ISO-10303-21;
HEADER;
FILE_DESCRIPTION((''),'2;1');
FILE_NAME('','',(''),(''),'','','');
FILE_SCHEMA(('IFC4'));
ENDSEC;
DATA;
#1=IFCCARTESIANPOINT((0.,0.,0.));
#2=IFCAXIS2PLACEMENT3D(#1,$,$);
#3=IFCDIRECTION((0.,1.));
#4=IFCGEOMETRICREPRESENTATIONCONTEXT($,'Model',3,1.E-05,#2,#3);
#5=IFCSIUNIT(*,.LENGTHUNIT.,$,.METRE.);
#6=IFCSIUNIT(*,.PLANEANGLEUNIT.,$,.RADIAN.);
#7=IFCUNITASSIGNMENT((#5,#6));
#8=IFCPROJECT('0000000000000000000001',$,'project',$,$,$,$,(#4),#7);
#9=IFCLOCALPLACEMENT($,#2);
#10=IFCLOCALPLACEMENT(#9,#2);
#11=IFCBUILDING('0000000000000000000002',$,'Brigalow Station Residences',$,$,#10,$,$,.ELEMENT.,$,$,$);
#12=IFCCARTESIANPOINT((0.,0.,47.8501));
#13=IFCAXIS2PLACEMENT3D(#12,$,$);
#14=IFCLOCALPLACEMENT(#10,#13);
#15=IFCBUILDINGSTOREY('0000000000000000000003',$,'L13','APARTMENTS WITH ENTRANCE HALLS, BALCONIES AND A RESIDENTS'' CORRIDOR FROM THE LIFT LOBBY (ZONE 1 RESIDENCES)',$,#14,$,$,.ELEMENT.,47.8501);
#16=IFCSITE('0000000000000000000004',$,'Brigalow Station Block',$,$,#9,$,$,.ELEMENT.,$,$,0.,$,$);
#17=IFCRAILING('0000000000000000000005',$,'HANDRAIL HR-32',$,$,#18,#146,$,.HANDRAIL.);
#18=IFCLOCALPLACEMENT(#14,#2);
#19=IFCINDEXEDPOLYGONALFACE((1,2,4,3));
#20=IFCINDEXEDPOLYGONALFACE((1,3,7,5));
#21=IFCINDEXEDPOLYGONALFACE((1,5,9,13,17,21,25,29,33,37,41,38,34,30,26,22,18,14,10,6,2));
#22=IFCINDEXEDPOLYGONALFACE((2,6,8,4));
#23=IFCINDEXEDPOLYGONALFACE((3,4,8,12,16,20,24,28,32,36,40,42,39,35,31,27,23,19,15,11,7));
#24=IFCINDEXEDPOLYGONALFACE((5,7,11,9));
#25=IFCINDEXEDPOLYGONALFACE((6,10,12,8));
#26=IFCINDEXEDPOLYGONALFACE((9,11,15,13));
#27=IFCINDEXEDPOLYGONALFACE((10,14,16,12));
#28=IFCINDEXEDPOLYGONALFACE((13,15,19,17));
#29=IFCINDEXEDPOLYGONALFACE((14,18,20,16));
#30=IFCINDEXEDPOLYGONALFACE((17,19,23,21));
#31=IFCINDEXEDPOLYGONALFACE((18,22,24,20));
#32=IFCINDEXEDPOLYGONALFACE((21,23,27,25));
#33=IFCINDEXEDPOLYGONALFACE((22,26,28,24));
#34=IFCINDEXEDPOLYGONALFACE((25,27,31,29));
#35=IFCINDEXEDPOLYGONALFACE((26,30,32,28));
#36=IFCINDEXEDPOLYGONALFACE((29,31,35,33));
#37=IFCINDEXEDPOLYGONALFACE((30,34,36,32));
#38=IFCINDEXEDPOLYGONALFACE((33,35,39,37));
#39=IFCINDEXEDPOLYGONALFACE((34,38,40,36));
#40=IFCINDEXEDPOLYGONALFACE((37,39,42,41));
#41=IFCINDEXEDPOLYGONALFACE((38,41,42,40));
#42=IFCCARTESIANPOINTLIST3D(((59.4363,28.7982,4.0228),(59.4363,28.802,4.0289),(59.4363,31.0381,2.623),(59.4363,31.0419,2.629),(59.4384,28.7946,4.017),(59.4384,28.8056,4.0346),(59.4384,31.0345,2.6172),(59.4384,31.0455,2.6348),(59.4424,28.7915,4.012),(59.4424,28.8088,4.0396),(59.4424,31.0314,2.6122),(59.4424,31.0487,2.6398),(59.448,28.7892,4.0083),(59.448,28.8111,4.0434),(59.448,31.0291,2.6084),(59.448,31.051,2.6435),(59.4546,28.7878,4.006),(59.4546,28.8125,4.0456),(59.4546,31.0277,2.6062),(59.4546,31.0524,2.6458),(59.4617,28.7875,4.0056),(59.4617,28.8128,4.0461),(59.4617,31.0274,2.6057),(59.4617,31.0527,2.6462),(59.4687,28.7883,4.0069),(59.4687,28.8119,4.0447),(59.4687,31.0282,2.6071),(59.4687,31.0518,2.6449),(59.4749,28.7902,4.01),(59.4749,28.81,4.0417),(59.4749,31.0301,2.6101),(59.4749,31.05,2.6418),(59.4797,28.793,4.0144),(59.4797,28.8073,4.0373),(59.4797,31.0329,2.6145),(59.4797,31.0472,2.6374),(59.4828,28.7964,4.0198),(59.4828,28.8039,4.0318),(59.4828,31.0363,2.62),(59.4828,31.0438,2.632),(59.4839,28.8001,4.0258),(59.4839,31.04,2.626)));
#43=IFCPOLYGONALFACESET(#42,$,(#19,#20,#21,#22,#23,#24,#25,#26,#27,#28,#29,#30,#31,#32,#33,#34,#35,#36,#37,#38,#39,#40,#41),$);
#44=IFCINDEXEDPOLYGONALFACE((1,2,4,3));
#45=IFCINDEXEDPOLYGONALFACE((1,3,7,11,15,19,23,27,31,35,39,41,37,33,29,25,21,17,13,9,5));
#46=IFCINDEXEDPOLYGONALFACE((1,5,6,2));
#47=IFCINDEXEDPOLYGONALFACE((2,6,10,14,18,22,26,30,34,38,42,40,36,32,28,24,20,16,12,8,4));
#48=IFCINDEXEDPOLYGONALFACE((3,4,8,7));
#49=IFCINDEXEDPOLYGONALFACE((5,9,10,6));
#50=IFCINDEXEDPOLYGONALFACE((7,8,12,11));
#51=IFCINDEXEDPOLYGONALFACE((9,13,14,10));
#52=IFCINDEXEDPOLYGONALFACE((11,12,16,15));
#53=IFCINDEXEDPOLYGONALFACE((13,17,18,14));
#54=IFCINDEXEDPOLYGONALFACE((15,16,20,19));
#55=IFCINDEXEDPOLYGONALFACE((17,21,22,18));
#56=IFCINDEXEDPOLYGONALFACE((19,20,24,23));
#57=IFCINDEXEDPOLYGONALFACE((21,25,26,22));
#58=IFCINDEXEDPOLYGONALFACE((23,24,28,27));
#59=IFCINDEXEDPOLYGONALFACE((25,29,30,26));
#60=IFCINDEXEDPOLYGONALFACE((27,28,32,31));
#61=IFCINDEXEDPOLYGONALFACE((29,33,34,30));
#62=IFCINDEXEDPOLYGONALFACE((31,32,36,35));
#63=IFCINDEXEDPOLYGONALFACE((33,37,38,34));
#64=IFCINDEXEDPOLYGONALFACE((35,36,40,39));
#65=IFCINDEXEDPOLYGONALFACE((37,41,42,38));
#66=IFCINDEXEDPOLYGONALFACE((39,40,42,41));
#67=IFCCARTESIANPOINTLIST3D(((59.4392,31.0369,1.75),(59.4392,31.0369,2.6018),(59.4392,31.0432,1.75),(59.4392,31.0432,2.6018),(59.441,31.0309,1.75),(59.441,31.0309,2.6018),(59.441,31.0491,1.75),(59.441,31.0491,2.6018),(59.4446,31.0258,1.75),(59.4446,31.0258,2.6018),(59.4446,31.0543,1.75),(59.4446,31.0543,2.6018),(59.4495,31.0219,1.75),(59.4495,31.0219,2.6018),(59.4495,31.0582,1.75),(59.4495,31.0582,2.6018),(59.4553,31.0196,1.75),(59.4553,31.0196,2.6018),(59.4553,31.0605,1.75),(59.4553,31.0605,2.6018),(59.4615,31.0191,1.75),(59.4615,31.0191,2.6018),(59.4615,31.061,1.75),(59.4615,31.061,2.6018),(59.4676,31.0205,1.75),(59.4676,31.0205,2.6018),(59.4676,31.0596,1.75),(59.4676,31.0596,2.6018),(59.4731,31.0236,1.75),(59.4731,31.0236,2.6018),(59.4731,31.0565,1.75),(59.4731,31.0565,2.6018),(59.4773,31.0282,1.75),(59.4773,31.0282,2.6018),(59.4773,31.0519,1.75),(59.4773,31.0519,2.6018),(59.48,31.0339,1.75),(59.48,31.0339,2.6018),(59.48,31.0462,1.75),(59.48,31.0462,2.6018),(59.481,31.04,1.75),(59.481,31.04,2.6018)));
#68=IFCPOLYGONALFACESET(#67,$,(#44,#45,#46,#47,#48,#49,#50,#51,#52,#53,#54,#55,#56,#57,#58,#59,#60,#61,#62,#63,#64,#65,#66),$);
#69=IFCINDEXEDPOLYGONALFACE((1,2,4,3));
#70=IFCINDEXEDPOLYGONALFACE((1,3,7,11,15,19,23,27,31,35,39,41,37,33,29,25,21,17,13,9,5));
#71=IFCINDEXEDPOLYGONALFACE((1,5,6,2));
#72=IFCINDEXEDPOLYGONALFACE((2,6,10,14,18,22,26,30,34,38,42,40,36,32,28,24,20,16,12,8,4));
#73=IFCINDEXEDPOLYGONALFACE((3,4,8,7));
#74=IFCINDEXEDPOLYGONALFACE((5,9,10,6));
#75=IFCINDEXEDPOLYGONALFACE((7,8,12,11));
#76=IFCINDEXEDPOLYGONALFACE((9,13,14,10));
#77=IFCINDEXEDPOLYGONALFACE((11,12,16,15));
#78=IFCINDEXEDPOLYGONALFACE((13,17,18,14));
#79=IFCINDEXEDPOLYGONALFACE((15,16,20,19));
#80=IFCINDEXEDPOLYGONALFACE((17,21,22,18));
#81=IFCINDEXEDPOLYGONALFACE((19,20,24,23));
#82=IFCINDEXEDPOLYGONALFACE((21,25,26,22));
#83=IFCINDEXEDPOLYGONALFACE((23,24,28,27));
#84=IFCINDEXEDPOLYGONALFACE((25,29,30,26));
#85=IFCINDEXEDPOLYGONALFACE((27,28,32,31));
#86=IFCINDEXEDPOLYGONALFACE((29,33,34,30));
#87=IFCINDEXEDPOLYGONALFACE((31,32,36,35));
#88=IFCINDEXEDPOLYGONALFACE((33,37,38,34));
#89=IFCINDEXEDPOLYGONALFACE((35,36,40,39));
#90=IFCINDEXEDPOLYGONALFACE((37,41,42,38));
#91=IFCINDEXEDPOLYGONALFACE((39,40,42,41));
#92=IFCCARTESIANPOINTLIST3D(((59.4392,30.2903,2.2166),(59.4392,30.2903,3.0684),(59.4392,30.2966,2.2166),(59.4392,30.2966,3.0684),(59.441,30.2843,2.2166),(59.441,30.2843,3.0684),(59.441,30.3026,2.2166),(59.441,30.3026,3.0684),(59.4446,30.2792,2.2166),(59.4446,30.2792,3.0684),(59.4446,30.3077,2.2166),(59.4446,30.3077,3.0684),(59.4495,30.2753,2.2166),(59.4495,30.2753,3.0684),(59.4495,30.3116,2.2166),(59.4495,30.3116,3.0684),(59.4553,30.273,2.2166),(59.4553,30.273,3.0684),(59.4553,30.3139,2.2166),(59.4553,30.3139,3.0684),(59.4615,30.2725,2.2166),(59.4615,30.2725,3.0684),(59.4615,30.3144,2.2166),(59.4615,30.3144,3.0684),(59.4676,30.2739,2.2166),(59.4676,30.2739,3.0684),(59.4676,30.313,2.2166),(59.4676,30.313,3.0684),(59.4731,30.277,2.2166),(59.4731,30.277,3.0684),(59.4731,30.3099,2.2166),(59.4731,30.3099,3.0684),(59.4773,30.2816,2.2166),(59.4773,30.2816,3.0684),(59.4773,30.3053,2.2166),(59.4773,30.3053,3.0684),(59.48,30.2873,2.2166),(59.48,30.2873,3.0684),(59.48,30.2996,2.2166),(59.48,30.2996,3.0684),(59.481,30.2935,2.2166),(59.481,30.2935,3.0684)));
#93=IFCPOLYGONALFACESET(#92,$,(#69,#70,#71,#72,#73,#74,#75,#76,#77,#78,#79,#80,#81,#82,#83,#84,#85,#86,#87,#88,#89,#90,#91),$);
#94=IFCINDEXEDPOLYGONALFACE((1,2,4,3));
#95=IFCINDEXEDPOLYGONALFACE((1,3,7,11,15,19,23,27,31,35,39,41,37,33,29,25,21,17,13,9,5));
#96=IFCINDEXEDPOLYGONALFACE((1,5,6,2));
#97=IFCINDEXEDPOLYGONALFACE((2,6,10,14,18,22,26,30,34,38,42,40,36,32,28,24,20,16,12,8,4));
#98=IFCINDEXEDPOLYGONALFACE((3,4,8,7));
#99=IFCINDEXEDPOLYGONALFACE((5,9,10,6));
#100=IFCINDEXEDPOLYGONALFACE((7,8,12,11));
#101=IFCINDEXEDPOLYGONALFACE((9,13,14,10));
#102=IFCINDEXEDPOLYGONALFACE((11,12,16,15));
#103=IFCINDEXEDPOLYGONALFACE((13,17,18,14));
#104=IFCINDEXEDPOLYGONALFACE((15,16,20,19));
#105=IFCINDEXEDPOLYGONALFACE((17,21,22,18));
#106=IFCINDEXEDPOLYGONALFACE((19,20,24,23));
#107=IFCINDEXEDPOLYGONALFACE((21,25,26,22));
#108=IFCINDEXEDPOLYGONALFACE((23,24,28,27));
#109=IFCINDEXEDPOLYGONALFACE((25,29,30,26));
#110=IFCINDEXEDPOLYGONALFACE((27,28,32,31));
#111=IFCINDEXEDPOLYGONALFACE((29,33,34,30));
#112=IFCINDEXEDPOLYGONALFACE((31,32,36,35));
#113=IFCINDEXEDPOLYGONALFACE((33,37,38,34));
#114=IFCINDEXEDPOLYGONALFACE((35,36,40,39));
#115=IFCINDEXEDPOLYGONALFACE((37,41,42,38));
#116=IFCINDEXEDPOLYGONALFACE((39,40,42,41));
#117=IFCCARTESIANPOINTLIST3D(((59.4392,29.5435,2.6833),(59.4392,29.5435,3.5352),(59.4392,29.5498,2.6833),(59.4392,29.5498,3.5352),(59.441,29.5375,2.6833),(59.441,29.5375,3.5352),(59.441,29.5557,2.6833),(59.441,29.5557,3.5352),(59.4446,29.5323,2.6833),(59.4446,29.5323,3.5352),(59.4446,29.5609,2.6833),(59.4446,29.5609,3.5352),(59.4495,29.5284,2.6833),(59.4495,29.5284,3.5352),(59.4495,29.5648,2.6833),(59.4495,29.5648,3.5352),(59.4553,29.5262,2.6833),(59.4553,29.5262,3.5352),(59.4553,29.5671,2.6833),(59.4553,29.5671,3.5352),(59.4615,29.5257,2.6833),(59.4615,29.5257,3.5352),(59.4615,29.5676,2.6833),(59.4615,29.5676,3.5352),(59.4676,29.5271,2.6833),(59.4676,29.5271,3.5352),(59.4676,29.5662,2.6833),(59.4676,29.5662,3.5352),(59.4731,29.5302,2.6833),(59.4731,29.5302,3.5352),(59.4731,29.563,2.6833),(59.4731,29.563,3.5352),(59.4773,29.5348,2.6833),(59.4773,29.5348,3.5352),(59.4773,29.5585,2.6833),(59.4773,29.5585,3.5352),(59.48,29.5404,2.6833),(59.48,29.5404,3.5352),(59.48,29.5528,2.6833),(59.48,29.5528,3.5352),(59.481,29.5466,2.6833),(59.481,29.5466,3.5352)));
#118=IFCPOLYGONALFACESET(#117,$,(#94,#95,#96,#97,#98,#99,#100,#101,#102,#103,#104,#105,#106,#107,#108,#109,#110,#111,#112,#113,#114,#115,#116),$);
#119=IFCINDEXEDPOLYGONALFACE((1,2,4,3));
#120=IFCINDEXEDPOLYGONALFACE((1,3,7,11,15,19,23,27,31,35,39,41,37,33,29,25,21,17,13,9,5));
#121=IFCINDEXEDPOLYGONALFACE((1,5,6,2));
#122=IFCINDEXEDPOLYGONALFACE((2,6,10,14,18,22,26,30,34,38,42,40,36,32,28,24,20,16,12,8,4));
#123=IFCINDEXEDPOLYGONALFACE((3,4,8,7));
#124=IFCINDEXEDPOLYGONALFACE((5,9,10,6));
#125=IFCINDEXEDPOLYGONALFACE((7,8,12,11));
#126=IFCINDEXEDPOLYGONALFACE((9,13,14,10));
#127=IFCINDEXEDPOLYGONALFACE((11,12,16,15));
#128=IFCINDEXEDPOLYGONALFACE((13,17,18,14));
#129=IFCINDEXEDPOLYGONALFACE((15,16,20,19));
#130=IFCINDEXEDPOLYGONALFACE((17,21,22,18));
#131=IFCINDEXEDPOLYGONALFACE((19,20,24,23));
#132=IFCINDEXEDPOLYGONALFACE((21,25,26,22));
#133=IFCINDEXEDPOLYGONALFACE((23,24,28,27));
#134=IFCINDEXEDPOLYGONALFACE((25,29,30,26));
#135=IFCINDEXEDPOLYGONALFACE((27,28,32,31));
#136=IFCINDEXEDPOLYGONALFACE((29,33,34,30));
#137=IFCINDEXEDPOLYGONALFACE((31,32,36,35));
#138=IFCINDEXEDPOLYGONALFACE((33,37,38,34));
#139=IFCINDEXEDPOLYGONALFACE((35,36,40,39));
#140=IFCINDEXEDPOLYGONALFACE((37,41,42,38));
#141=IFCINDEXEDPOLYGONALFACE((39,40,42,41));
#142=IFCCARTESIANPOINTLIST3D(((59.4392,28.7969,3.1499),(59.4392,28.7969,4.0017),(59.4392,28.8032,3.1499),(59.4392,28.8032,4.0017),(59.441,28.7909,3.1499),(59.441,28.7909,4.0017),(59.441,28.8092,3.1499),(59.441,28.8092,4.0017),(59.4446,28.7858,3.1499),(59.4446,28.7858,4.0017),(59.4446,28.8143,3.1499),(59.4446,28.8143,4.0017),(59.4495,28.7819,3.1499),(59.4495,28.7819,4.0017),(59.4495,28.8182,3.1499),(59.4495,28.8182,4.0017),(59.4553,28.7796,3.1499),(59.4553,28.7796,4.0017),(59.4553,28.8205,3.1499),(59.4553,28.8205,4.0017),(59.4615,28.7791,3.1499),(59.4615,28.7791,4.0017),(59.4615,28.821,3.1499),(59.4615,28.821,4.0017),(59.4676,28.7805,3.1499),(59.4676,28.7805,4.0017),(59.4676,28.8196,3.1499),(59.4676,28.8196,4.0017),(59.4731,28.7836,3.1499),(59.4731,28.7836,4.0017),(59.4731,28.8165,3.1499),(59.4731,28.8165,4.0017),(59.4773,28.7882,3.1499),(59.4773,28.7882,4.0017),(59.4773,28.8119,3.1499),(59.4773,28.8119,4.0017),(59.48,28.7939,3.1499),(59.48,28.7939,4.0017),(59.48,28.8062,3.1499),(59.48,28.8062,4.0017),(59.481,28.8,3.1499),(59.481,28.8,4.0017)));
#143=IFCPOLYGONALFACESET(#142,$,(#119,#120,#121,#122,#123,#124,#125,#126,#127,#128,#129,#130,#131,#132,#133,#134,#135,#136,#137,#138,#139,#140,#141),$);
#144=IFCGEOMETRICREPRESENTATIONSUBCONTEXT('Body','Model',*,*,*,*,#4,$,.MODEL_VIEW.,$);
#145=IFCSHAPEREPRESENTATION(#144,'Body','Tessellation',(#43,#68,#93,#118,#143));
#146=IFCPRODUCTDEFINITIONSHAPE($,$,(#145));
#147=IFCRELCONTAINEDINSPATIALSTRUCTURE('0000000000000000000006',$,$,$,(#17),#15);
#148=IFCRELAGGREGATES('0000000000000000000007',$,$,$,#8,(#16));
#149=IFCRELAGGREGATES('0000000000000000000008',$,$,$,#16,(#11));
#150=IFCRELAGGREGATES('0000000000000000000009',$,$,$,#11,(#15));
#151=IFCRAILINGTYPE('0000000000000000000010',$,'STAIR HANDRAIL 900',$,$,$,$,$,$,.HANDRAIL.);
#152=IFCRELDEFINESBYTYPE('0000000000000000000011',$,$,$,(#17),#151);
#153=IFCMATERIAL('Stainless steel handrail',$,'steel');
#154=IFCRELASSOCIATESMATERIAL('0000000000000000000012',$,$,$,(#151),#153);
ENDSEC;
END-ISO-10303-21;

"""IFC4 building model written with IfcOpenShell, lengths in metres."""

from ifc_helpers import new_model, si_unit, direction, frame, origin, origin_2d, place, context, subcontext, project, spatial, circle, extrude, material, type_object, element, save


model = new_model("IFC4")

# Units and contexts
model_context = context("Model", 3, precision=1e-05, world=origin(), true_north=direction((0.0, 1.0)))
body_context = subcontext(model_context, "Body", "Model", "MODEL_VIEW")
ifc_project = project(units=[si_unit("LENGTHUNIT", "METRE"), si_unit("PLANEANGLEUNIT", "RADIAN")], contexts=[model_context])

# Site, building, storey
site_placement = place(None, origin())
site = spatial("IfcSite", under=ifc_project, at=site_placement, Name="Brigalow Station Block", CompositionType="ELEMENT", RefElevation=0.0)
building_placement = place(site_placement, origin())
building = spatial("IfcBuilding", under=site, at=building_placement, Name="Brigalow Station Residences", CompositionType="ELEMENT")
storey_placement = place(building_placement, frame((0.0, 0.0, 47.8501)))
storey = spatial("IfcBuildingStorey", under=building, at=storey_placement, Name="L13", Description="APARTMENTS WITH ENTRANCE HALLS, BALCONIES AND A RESIDENTS' CORRIDOR FROM THE LIFT LOBBY (ZONE 1 RESIDENCES)", CompositionType="ELEMENT", Elevation=47.8501)

# Railing
ifc_material_1 = material(Name="Stainless steel handrail", Category="steel")
railing_type_1 = type_object("IfcRailingType", Name="STAIR HANDRAIL 900", PredefinedType="HANDRAIL", material=ifc_material_1)
railing_1_placement = place(storey_placement, frame((59.46, 31.04, 1.75)))
element("IfcRailing", 1, at=railing_1_placement, inside=storey, type_object=railing_type_1, Name="HANDRAIL HR-32", PredefinedType="HANDRAIL", context=body_context, shape_type="SweptSolid", body=[
    extrude(circle(Radius=0.0239, at=origin_2d()), frame((0.0, 0.0, 0.876), z_axis=(0.0, -0.848014, 0.529974), x_axis=(1.0, 0.0, 0.0)), (0.0, 0.0, 1.0), 2.6414),
    extrude(circle(Radius=0.021, at=origin_2d()), origin(), (0.0, 0.0, 1.0), 0.8518),
    extrude(circle(Radius=0.021, at=origin_2d()), frame((0.0, -0.7466, 0.4666)), (0.0, 0.0, 1.0), 0.8518),
    extrude(circle(Radius=0.021, at=origin_2d()), frame((0.0, -1.4934, 0.9333)), (0.0, 0.0, 1.0), 0.8518),
    extrude(circle(Radius=0.021, at=origin_2d()), frame((0.0, -2.24, 1.3999)), (0.0, 0.0, 1.0), 0.8518),
])

save(model, "model.ifc")
